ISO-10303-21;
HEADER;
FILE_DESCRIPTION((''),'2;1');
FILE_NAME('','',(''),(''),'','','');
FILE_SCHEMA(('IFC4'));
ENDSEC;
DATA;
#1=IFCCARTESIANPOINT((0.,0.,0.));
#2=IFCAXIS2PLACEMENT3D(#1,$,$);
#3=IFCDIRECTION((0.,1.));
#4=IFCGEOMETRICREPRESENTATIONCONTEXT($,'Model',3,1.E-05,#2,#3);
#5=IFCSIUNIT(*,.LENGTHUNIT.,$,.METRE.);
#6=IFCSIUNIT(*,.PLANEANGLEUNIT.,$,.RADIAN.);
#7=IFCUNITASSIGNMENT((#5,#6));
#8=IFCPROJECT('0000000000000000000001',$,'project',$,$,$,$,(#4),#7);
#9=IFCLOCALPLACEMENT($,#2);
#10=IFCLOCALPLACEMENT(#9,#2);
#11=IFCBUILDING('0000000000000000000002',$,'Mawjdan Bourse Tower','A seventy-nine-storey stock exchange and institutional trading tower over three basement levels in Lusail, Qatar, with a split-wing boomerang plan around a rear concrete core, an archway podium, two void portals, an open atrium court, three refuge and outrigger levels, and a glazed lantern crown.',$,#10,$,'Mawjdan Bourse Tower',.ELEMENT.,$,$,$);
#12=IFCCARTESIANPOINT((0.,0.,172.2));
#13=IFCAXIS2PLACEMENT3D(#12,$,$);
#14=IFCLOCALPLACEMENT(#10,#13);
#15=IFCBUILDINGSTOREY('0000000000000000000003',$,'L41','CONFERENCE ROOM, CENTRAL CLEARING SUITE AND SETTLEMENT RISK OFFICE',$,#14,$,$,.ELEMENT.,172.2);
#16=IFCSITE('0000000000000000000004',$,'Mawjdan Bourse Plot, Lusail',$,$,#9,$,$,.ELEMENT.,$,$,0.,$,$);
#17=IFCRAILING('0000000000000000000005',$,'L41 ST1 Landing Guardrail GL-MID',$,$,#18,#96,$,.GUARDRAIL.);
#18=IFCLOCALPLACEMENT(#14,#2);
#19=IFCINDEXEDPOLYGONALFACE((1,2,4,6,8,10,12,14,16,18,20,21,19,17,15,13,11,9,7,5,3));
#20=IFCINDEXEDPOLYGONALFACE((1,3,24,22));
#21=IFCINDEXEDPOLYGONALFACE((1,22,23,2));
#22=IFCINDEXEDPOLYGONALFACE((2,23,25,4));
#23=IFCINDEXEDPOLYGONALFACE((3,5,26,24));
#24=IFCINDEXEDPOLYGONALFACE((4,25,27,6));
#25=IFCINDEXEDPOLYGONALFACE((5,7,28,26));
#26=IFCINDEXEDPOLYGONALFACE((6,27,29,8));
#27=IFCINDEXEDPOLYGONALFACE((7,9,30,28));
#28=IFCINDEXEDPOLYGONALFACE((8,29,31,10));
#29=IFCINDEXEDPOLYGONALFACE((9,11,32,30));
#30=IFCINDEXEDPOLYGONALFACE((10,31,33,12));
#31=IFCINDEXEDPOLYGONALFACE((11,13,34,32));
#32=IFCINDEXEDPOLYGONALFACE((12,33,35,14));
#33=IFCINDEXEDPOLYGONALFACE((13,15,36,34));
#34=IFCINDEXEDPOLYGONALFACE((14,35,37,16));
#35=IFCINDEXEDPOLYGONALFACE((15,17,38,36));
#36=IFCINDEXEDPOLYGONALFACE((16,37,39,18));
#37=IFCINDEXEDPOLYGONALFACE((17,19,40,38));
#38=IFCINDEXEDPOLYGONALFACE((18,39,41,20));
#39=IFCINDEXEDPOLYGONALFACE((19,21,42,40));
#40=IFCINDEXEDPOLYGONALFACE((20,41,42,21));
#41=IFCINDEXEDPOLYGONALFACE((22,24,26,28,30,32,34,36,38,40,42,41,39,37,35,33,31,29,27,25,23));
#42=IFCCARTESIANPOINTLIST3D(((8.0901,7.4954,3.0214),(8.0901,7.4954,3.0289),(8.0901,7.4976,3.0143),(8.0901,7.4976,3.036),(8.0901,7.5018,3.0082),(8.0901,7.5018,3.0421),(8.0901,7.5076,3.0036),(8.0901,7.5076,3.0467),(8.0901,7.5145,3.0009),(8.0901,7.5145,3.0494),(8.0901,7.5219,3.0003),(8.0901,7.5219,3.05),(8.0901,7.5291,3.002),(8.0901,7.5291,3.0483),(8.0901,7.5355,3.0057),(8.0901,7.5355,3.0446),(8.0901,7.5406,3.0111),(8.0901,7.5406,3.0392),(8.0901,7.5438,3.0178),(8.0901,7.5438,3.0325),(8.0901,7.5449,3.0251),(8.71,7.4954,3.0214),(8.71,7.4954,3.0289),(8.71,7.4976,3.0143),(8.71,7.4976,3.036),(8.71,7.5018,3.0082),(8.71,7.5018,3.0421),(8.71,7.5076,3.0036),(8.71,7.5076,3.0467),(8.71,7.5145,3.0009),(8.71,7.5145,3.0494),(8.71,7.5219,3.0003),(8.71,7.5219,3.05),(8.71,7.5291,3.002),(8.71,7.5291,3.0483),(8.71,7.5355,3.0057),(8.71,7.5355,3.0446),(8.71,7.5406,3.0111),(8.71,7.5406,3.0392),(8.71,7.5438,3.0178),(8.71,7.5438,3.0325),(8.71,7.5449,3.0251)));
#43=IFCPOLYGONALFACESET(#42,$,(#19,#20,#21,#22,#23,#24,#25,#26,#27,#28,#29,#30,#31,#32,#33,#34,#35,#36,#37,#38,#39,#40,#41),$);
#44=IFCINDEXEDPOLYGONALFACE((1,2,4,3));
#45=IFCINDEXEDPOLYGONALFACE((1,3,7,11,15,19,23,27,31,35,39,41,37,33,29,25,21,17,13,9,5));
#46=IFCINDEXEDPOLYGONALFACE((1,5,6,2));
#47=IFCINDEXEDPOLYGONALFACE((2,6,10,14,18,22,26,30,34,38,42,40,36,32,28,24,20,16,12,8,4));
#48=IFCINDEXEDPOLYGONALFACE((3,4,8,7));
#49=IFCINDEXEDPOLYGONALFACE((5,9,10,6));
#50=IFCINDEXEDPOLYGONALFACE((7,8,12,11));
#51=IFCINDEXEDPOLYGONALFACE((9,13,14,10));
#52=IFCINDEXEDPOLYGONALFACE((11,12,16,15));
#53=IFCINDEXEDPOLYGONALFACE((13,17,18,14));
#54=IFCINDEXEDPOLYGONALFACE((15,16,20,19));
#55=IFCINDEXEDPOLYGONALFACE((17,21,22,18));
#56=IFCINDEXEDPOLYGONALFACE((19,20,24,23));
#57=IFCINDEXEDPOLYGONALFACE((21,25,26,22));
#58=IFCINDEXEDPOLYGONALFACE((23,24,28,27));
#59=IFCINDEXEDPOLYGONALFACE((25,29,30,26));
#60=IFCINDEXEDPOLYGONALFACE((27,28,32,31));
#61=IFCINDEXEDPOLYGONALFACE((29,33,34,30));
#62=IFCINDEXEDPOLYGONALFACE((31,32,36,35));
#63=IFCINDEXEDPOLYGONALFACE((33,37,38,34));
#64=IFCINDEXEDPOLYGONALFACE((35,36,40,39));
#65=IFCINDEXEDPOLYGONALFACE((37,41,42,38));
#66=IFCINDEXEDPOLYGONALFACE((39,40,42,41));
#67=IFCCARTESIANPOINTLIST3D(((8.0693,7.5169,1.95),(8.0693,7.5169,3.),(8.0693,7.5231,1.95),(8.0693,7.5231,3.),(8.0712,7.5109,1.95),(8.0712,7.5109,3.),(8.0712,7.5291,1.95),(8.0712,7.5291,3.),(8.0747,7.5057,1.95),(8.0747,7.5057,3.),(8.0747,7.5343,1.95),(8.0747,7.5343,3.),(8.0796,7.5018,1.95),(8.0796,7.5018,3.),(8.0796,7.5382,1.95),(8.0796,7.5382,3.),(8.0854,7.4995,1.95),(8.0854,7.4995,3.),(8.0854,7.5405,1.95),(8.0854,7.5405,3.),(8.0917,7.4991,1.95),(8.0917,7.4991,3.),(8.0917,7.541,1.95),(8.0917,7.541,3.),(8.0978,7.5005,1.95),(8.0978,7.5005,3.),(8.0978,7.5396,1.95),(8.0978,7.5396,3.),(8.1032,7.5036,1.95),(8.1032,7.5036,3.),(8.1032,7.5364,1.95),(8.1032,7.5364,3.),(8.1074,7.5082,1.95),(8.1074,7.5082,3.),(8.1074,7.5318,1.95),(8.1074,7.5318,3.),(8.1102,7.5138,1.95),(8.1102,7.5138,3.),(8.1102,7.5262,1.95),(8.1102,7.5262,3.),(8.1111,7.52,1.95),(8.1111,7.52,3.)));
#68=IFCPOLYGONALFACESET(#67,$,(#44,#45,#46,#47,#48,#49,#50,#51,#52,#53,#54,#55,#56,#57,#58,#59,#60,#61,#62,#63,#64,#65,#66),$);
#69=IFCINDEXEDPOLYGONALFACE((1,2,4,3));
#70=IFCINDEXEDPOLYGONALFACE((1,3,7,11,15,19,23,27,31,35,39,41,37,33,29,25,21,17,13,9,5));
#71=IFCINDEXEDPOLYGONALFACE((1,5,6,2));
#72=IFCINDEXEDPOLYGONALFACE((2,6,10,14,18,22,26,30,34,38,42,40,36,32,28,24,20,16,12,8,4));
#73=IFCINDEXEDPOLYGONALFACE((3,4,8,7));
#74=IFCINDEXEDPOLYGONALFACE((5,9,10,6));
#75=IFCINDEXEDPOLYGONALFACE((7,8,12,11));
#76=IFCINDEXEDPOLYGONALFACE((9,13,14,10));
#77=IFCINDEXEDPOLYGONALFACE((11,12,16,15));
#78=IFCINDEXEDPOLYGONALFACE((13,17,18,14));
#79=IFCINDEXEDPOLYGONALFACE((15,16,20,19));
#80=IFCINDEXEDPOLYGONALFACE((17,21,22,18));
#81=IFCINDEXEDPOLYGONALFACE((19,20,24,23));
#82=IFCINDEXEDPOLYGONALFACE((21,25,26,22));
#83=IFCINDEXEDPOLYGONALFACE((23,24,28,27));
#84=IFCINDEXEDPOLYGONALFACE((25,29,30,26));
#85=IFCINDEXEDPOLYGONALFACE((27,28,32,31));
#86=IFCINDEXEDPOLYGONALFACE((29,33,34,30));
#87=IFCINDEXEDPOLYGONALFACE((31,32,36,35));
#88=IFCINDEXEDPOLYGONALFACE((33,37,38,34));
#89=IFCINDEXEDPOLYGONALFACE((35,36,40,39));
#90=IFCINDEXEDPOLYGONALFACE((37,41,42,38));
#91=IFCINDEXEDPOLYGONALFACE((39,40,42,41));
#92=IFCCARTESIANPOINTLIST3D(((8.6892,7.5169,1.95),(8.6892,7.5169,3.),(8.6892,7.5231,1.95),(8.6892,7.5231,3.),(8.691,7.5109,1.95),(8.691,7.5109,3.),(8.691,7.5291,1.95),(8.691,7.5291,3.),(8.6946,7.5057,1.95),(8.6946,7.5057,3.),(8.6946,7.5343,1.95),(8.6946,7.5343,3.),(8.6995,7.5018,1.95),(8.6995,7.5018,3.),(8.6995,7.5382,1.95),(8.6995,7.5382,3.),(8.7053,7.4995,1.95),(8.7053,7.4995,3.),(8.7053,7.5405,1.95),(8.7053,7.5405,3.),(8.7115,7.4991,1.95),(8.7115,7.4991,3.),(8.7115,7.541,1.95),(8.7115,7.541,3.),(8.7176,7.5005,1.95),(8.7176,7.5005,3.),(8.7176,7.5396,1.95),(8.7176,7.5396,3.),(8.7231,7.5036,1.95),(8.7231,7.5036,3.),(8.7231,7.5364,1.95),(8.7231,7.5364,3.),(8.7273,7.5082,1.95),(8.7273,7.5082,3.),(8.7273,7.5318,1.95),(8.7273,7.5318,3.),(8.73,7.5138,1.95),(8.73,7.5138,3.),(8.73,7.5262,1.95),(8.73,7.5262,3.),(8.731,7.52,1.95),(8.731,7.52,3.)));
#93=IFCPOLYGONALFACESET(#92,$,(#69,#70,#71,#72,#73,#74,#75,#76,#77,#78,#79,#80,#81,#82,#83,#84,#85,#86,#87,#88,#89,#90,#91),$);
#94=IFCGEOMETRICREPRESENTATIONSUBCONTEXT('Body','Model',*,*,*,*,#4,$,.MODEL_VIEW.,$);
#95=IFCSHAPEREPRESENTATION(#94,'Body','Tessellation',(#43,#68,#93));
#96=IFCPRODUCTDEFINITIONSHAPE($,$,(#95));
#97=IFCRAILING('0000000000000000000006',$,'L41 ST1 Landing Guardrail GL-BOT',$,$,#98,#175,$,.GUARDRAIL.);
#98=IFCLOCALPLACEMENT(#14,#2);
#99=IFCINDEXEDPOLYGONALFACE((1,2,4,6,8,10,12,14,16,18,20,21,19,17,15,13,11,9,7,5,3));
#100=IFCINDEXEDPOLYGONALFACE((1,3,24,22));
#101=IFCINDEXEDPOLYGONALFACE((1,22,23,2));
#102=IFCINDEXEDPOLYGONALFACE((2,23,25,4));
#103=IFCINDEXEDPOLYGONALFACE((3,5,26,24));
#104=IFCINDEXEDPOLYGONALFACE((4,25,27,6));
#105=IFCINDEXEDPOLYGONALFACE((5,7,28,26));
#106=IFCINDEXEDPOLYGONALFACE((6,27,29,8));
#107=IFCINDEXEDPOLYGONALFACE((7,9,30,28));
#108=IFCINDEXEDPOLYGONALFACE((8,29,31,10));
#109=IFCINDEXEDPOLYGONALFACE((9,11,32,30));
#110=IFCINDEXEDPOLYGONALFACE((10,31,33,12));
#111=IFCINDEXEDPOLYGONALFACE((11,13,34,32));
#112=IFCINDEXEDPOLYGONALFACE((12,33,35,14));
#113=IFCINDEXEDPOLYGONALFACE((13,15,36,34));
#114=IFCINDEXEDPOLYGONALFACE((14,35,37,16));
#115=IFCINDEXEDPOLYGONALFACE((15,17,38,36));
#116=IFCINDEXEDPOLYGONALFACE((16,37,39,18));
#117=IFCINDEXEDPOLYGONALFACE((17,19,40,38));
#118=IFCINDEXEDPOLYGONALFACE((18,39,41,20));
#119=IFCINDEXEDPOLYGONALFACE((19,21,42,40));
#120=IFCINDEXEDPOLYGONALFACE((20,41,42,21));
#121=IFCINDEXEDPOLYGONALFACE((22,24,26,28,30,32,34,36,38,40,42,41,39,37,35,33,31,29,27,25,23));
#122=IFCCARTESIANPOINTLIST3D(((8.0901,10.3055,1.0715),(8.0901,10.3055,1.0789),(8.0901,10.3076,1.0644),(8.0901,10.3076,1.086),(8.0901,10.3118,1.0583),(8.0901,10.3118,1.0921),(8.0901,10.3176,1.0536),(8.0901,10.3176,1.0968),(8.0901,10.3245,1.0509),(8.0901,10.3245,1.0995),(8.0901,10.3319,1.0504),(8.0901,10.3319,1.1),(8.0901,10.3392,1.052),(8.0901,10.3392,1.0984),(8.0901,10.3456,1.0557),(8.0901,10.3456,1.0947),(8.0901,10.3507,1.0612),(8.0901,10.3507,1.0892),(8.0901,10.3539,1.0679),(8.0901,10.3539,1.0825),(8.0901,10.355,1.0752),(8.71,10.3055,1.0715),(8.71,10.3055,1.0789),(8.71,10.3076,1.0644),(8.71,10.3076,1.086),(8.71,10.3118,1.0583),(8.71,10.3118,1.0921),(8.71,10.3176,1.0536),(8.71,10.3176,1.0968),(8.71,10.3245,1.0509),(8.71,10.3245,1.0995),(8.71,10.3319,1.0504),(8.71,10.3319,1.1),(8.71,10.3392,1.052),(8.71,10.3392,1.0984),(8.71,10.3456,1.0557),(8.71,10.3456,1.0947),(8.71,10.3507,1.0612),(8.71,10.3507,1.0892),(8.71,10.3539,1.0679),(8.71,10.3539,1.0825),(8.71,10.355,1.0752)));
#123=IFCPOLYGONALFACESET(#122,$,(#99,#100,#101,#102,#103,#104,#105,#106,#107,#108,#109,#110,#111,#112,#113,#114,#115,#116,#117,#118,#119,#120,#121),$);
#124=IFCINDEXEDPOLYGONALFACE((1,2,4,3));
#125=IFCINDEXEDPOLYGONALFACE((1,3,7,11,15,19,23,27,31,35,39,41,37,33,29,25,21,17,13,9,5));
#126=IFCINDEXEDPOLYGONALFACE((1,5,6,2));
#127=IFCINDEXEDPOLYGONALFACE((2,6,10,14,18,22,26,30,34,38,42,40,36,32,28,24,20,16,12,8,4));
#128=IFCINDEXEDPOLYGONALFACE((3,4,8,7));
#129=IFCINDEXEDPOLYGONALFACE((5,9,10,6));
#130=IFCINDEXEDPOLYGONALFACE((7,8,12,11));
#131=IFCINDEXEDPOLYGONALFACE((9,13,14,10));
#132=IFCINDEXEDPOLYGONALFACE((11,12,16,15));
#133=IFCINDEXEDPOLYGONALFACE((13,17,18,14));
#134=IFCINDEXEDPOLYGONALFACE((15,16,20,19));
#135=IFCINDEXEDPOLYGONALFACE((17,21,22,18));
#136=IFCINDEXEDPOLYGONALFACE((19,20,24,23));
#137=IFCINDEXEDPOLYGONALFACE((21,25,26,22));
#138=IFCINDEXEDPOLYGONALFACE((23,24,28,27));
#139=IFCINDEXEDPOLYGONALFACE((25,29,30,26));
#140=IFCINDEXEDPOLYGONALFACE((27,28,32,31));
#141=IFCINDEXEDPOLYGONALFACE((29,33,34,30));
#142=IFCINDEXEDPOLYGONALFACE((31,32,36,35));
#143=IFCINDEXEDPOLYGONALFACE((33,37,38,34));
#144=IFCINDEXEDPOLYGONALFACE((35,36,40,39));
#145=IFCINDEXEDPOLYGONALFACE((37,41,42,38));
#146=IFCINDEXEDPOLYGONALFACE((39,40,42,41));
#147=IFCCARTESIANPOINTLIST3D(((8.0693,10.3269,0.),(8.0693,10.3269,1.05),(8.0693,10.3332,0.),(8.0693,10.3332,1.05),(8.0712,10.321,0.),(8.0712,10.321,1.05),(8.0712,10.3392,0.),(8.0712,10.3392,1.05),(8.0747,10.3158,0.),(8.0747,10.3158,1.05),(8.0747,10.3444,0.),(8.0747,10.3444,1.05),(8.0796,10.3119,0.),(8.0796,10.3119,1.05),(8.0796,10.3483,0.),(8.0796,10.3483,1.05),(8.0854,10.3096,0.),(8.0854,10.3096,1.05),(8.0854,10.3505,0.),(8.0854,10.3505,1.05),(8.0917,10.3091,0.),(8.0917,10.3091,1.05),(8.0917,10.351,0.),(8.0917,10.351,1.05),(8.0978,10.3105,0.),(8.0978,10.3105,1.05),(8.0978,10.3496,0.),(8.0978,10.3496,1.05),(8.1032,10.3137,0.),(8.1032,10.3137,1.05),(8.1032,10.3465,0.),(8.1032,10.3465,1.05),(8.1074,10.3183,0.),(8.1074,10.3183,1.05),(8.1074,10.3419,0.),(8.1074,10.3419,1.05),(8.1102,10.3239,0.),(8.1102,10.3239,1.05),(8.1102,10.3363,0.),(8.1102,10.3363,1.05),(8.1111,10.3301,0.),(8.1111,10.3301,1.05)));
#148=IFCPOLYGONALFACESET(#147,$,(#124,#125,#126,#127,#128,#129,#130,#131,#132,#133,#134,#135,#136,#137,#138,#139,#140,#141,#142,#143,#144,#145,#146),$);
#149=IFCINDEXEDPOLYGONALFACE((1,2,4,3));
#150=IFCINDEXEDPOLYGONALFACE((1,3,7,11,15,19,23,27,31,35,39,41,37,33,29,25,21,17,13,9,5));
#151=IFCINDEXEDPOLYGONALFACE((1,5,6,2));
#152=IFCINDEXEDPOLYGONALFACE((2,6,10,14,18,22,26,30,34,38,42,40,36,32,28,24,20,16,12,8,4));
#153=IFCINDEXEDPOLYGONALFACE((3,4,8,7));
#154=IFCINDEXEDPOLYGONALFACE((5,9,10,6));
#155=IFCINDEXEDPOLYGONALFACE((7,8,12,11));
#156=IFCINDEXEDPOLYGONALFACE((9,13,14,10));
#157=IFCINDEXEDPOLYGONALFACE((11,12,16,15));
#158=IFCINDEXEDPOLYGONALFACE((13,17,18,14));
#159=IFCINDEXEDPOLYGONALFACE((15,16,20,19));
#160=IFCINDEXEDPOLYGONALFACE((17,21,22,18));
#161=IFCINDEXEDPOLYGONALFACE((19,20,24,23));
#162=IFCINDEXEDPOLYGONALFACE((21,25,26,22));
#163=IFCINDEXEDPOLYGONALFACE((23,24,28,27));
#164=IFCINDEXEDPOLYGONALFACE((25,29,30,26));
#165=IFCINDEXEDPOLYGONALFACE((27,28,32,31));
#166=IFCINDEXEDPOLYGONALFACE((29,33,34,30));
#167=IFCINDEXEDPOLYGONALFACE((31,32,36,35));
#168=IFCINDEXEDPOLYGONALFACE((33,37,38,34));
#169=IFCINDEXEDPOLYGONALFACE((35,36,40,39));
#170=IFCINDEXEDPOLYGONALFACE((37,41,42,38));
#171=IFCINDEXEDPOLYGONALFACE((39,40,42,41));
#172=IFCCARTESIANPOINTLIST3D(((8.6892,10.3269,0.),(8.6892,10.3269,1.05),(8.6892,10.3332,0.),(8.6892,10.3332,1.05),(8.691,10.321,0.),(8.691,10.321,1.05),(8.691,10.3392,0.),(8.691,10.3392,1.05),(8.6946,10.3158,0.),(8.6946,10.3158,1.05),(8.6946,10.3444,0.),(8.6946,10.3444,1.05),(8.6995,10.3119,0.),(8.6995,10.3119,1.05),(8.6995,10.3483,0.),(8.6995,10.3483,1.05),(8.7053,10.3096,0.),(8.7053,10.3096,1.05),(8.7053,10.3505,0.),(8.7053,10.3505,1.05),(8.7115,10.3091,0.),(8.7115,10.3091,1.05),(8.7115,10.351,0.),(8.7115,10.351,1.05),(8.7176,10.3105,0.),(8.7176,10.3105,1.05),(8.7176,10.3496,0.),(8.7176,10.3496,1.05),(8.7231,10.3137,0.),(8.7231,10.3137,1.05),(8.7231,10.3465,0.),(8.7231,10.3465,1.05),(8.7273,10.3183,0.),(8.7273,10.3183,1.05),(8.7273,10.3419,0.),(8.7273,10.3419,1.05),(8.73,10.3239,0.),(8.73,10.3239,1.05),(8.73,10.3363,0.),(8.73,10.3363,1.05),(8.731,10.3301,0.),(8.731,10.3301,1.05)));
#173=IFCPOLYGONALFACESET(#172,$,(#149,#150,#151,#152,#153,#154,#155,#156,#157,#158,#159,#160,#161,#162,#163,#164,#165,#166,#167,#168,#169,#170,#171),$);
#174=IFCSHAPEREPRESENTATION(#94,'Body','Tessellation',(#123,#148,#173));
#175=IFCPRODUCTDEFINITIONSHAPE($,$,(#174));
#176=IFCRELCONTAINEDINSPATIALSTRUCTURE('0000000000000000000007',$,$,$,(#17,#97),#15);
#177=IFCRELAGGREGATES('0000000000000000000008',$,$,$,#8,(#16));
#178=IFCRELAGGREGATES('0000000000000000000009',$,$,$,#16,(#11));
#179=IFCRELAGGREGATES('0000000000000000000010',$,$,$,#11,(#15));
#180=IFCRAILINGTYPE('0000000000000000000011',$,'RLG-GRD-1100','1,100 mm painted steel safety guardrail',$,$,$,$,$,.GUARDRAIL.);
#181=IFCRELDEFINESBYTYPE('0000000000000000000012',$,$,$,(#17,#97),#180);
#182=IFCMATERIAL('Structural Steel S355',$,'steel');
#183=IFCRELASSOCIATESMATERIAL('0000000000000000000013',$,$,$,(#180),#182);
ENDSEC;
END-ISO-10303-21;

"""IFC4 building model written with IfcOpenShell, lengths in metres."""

from ifc_helpers import new_model, si_unit, direction, frame, origin, origin_2d, place, context, subcontext, project, spatial, circle, extrude, material, type_object, element, save


model = new_model("IFC4")

# Units and contexts
model_context = context("Model", 3, precision=1e-05, world=origin(), true_north=direction((0.0, 1.0)))
body_context = subcontext(model_context, "Body", "Model", "MODEL_VIEW")
ifc_project = project(units=[si_unit("LENGTHUNIT", "METRE"), si_unit("PLANEANGLEUNIT", "RADIAN")], contexts=[model_context])

# Site, building, storey
site_placement = place(None, origin())
site = spatial("IfcSite", under=ifc_project, at=site_placement, Name="Mawjdan Bourse Plot, Lusail", CompositionType="ELEMENT", RefElevation=0.0)
building_placement = place(site_placement, origin())
building = spatial("IfcBuilding", under=site, at=building_placement, Name="Mawjdan Bourse Tower", Description="A seventy-nine-storey stock exchange and institutional trading tower over three basement levels in Lusail, Qatar, with a split-wing boomerang plan around a rear concrete core, an archway podium, two void portals, an open atrium court, three refuge and outrigger levels, and a glazed lantern crown.", LongName="Mawjdan Bourse Tower", CompositionType="ELEMENT")
storey_placement = place(building_placement, frame((0.0, 0.0, 172.2)))
storey = spatial("IfcBuildingStorey", under=building, at=storey_placement, Name="L41", Description="CONFERENCE ROOM, CENTRAL CLEARING SUITE AND SETTLEMENT RISK OFFICE", CompositionType="ELEMENT", Elevation=172.2)

# Railings
ifc_material_1 = material(Name="Structural Steel S355", Category="steel")
railing_type_1 = type_object("IfcRailingType", Name="RLG-GRD-1100", Description="1,100 mm painted steel safety guardrail", PredefinedType="GUARDRAIL", material=ifc_material_1)
for number, where, name in (
    (1, (8.0901, 7.52, 1.95), "L41 ST1 Landing Guardrail GL-MID"),
    (2, (8.0901, 10.3301, 0.0), "L41 ST1 Landing Guardrail GL-BOT"),
):
    element("IfcRailing", number, at=place(storey_placement, frame(where)), inside=storey, type_object=railing_type_1, Name=name, PredefinedType="GUARDRAIL", context=body_context, shape_type="SweptSolid", body=[
        extrude(circle(Radius=0.0249, at=origin_2d()), frame((0.0, 0.0, 1.0752), z_axis=(1.0, 0.0, 0.0), x_axis=(0.0, 1.0, 0.0)), (0.0, 0.0, 1.0), 0.6199),
        extrude(circle(Radius=0.021, at=origin_2d()), origin(), (0.0, 0.0, 1.0), 1.05),
        extrude(circle(Radius=0.021, at=origin_2d()), frame((0.6199, 0.0, 0.0)), (0.0, 0.0, 1.0), 1.05),
    ])

save(model, "model.ifc")
